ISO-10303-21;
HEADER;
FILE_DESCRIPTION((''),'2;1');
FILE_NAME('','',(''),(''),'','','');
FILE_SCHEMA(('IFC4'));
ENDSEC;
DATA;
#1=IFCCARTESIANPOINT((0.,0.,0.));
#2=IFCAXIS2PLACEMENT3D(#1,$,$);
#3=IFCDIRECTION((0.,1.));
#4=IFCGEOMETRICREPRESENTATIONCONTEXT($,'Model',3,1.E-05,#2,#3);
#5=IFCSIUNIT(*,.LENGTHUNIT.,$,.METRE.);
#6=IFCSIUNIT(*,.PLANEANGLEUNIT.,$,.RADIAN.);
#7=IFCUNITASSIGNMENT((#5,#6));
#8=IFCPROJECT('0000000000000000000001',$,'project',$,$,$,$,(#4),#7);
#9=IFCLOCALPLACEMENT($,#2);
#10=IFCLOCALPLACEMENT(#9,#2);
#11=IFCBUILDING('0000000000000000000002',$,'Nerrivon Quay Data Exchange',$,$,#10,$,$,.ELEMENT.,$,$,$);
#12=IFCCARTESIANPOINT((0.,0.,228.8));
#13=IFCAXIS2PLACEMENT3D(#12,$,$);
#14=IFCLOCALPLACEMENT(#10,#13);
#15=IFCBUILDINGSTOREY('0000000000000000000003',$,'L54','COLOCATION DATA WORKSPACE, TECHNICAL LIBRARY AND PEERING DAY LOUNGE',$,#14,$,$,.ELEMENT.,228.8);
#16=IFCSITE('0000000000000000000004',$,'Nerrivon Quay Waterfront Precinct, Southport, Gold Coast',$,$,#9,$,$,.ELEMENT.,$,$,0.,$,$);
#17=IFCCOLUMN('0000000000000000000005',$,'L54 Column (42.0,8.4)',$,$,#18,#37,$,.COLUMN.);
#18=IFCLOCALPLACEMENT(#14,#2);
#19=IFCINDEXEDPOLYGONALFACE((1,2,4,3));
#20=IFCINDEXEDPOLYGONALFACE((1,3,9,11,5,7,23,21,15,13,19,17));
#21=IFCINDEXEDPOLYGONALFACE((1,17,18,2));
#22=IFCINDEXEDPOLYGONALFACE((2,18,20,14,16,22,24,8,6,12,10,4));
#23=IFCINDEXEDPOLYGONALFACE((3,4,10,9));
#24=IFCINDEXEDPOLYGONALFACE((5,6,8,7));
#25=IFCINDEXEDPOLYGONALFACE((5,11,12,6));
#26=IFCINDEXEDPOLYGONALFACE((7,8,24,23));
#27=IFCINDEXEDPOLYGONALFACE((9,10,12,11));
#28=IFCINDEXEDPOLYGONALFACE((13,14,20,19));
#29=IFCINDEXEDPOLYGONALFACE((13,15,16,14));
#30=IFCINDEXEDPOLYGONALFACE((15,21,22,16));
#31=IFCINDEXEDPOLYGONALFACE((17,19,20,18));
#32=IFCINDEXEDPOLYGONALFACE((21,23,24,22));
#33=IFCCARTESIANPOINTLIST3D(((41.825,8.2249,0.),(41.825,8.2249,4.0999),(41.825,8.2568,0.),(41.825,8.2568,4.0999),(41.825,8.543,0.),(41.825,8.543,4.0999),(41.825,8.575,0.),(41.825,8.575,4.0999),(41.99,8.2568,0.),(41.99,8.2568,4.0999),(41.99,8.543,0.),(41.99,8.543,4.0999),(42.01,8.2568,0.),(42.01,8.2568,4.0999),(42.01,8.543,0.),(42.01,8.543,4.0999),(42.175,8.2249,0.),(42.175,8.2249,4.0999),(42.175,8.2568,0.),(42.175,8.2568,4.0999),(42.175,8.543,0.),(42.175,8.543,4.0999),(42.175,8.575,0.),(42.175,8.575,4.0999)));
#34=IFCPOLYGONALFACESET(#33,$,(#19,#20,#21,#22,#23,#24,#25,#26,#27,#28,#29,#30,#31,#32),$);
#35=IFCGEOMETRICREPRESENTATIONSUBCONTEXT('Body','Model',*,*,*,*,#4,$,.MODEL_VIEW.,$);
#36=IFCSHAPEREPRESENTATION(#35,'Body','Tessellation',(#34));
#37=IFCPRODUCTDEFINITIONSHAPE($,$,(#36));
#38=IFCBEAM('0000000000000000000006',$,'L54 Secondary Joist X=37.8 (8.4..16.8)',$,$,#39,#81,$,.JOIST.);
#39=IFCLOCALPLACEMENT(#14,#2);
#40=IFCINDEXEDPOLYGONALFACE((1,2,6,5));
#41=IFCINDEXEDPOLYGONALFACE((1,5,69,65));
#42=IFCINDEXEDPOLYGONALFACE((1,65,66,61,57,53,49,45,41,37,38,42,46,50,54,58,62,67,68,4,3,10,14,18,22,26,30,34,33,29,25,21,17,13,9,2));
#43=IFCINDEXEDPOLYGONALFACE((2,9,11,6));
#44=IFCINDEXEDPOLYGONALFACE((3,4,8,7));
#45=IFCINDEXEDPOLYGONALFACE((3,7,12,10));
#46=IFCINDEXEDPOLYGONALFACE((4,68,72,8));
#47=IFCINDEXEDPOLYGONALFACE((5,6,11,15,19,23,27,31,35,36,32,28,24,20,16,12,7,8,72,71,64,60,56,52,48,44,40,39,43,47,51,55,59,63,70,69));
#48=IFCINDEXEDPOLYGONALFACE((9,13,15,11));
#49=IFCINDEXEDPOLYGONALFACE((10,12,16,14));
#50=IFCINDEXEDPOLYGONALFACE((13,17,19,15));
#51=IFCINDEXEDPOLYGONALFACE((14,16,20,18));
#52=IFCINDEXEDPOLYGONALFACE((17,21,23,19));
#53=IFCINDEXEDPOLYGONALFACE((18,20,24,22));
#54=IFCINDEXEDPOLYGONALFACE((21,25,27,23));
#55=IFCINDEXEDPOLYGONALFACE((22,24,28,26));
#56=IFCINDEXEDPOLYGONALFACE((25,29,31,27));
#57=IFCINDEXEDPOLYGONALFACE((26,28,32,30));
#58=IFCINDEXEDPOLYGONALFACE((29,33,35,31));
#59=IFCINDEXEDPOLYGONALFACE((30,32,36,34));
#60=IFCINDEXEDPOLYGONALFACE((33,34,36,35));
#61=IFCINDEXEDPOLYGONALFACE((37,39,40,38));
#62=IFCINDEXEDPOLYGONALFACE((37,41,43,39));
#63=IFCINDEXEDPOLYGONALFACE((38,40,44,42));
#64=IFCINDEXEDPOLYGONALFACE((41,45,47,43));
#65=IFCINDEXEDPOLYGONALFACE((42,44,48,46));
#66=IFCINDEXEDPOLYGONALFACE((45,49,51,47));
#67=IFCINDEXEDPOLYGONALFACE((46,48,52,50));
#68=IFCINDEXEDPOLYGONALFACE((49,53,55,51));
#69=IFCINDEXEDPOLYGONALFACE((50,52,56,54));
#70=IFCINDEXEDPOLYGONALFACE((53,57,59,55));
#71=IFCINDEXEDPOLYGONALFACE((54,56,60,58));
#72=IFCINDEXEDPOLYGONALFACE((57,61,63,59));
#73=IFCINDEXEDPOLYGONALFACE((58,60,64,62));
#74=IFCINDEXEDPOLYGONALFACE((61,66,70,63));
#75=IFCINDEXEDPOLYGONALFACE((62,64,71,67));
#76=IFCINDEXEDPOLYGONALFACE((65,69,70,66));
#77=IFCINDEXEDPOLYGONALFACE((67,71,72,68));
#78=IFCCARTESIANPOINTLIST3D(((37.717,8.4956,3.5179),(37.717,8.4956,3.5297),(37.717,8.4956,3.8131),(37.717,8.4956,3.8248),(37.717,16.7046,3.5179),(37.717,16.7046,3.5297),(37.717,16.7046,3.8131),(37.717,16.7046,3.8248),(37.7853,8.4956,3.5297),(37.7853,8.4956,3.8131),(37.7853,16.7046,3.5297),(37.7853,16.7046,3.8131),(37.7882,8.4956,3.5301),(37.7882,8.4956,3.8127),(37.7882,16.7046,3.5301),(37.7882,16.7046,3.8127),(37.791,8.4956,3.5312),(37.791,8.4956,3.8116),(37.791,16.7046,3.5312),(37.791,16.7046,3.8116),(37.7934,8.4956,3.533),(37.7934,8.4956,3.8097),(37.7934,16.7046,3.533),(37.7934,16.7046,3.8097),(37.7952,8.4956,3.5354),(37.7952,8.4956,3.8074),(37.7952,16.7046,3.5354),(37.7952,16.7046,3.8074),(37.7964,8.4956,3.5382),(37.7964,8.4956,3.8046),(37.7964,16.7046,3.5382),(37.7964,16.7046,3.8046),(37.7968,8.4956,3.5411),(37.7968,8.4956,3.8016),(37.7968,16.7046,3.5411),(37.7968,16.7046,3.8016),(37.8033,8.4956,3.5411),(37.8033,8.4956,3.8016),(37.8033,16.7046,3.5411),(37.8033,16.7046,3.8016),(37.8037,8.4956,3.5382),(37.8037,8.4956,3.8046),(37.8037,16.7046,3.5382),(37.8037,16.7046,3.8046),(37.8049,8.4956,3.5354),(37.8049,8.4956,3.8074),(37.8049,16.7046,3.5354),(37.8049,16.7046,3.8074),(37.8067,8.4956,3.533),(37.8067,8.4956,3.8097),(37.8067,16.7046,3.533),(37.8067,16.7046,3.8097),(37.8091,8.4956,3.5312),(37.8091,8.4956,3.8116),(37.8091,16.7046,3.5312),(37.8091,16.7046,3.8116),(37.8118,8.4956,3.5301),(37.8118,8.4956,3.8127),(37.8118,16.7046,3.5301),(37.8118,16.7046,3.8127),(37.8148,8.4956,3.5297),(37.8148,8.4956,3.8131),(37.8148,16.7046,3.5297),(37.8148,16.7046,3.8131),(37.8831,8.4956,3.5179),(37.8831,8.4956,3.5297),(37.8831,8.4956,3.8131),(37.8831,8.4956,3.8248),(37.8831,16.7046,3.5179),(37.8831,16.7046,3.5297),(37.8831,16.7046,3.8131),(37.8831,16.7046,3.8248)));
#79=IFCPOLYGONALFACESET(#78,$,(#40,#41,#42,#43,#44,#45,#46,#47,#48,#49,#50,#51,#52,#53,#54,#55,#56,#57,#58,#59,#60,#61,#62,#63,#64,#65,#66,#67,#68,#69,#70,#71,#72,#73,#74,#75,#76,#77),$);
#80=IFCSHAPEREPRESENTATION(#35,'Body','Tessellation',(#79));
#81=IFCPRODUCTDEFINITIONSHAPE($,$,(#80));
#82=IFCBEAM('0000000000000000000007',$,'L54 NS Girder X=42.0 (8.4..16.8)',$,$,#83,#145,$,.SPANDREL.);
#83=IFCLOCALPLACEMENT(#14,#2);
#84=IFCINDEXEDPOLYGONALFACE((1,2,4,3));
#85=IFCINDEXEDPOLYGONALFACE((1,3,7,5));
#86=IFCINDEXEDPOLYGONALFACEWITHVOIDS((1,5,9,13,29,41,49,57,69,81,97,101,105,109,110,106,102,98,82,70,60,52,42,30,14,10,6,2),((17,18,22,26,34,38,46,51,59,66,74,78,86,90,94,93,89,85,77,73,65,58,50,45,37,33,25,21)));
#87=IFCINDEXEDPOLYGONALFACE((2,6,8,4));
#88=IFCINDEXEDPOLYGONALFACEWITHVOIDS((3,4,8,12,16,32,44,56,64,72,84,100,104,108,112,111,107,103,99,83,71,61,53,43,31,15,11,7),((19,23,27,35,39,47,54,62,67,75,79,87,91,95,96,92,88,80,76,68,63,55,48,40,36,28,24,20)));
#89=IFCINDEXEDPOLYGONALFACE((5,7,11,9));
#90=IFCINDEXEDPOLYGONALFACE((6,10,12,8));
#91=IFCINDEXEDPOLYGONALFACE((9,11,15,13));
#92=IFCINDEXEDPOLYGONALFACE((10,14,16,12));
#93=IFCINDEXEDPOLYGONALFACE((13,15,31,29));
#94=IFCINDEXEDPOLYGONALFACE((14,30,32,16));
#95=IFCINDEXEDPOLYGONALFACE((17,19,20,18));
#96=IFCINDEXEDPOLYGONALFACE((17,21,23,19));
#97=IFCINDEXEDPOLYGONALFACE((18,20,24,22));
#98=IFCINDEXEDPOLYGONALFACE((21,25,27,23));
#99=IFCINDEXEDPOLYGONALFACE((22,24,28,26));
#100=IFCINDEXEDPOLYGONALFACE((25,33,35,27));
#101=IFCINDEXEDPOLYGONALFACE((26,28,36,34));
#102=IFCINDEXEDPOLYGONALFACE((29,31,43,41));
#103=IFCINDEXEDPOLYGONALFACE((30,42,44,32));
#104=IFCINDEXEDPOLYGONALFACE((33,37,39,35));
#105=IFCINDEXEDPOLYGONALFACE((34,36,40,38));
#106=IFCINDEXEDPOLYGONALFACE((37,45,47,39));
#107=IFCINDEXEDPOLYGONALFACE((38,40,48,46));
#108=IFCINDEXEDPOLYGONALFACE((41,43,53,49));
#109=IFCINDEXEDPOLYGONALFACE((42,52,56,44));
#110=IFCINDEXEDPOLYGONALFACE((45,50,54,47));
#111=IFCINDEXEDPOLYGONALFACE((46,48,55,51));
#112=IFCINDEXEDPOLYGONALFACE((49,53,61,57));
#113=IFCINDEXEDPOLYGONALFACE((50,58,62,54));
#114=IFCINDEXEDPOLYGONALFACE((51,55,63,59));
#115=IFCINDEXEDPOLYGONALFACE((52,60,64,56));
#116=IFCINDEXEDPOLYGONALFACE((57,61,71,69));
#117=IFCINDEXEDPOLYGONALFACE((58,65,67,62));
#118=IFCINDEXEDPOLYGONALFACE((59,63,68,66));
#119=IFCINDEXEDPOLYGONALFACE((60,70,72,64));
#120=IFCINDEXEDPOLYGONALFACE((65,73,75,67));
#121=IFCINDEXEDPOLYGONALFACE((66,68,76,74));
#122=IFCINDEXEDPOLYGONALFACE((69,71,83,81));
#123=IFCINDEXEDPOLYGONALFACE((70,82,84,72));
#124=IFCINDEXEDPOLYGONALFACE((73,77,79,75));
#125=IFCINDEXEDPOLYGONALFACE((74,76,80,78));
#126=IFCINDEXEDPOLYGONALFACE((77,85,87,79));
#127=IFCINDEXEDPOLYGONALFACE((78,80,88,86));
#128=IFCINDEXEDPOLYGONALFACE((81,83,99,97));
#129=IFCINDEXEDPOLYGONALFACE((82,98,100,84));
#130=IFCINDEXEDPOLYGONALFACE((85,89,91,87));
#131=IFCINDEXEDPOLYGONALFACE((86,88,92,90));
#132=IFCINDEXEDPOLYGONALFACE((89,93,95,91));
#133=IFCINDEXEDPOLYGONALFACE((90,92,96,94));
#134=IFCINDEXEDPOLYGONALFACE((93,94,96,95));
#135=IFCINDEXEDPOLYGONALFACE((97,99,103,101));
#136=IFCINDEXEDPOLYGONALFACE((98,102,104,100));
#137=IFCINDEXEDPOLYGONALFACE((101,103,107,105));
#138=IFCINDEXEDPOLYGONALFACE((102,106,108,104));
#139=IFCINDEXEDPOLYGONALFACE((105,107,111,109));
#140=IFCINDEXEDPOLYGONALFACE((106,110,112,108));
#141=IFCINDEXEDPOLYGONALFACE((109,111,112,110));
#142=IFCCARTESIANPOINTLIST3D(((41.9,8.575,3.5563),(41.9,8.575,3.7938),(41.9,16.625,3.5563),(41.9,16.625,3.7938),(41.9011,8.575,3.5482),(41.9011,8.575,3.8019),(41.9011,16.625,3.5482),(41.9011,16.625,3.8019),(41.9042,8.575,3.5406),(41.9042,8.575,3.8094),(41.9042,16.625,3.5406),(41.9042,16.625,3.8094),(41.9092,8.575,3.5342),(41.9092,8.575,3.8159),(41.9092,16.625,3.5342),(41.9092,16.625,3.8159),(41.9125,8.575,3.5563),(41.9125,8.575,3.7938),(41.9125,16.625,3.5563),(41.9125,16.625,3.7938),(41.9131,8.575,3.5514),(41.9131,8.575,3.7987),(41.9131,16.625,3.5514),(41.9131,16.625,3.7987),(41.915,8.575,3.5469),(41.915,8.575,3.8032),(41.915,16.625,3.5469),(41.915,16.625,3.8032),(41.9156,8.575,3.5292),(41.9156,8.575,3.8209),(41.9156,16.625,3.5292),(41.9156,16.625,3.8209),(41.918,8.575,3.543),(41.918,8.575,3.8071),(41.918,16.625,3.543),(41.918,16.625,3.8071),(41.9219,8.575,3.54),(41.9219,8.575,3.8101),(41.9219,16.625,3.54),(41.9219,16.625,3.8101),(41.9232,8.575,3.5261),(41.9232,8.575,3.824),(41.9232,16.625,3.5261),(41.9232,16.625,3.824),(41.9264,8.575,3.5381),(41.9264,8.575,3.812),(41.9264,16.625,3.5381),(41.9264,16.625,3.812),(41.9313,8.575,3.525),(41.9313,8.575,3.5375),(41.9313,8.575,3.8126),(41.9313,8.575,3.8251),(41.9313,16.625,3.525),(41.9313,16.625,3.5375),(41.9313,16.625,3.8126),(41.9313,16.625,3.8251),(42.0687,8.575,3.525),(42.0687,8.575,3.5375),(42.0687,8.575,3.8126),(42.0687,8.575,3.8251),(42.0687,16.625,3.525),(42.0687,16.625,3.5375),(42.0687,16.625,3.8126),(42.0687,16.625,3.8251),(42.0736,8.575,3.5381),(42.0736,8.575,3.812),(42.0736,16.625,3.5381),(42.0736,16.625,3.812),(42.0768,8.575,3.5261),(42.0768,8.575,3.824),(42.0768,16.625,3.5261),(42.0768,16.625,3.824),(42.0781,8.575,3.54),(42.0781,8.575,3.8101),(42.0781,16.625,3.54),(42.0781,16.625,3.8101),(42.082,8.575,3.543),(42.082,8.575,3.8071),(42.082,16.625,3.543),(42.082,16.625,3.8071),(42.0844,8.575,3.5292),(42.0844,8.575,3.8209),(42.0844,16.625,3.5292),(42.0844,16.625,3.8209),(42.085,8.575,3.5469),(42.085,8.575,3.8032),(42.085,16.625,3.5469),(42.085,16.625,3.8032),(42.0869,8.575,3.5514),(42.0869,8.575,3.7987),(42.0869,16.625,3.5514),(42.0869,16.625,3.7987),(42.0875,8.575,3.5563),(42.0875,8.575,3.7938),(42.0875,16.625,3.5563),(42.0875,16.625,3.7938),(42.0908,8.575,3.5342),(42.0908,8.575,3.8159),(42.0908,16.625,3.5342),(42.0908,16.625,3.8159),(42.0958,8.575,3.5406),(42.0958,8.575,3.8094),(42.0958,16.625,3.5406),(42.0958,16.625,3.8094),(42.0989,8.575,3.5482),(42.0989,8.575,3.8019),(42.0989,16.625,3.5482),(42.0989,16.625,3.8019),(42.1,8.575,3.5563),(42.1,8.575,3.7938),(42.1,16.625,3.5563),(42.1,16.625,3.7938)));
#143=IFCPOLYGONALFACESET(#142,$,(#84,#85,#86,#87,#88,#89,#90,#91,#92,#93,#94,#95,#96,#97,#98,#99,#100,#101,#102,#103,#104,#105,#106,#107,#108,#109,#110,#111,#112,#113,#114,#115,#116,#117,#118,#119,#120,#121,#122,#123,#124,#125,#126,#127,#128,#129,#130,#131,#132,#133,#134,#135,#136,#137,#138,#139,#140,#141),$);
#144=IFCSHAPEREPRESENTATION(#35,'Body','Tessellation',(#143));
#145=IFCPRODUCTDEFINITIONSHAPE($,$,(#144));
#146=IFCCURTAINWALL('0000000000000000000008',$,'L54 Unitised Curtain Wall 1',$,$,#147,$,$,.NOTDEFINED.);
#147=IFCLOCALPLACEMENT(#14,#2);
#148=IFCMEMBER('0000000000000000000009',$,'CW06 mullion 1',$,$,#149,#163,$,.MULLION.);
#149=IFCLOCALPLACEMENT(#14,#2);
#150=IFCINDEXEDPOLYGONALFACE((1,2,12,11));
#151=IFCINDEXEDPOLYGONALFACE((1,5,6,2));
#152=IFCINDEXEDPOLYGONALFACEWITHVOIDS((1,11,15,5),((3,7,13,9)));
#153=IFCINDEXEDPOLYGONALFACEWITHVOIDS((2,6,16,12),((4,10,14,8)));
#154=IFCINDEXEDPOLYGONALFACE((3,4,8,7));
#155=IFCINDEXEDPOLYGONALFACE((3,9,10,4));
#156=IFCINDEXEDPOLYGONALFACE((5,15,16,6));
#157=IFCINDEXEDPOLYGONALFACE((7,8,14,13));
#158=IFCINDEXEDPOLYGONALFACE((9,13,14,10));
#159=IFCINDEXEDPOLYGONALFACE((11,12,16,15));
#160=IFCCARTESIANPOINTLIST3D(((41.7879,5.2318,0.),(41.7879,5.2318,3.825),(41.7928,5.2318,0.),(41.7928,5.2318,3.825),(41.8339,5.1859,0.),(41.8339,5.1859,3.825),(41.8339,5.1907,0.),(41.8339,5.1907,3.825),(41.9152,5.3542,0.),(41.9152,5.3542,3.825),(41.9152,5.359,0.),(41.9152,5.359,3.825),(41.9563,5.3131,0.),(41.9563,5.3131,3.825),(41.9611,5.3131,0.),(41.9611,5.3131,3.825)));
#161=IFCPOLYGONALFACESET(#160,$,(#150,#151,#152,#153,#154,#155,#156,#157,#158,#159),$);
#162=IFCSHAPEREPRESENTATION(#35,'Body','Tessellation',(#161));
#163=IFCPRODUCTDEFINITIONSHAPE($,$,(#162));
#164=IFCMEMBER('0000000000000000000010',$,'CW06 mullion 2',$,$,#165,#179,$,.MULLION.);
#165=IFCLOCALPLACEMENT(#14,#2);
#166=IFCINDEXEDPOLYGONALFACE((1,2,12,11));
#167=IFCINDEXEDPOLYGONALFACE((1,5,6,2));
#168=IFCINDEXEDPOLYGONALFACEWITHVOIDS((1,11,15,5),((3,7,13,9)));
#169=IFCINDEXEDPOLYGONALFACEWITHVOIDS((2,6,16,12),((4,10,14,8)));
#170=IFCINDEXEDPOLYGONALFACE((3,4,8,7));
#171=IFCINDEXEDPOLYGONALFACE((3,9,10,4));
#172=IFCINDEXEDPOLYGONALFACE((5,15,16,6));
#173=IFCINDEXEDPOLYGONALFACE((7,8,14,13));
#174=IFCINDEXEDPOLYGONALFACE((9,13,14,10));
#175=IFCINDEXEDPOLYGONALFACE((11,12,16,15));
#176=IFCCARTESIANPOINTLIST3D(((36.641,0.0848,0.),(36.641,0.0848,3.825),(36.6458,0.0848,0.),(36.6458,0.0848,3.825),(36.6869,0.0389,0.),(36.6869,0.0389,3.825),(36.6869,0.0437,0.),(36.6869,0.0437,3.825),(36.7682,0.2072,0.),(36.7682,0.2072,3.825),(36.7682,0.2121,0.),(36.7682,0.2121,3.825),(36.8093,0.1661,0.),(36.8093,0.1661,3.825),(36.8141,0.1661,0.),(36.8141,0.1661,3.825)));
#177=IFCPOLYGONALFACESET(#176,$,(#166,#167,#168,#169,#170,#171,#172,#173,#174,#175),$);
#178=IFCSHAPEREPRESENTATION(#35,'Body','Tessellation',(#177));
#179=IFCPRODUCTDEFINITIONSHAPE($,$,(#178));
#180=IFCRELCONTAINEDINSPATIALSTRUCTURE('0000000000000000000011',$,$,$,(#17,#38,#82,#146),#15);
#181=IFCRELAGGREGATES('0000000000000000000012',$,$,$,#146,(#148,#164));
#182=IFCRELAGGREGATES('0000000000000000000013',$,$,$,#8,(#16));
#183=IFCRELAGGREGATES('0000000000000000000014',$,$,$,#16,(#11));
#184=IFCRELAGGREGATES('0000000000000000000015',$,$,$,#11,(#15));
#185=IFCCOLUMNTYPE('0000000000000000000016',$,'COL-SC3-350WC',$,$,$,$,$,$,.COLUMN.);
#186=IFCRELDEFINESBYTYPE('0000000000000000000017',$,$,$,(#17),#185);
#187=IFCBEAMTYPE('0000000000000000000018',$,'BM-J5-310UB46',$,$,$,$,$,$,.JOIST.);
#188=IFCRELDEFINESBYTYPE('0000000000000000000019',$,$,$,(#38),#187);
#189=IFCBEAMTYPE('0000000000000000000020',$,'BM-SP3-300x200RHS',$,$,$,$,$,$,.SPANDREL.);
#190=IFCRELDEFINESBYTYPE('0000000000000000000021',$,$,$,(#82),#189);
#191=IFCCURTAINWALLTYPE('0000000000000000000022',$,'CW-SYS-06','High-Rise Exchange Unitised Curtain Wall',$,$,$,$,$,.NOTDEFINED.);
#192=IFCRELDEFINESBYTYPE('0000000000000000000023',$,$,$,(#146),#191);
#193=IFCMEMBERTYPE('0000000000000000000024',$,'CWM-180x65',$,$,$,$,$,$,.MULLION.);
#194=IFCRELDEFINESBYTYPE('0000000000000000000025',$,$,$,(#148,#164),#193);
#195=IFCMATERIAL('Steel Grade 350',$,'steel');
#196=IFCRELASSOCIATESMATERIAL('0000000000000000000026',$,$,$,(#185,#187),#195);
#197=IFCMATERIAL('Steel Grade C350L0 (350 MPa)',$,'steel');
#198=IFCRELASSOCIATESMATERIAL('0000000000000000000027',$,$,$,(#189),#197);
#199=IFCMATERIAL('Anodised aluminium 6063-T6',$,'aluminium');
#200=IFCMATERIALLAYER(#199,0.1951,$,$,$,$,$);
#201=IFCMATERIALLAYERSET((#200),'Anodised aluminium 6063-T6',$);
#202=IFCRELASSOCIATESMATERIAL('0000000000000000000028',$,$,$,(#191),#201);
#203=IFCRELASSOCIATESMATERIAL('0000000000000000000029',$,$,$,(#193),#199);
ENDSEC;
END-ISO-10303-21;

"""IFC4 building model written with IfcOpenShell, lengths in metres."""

from ifc_helpers import new_model, si_unit, direction, frame, origin, origin_2d, place, context, subcontext, project, spatial, hollow_rectangle, i_section, extrude, material, layer, layer_set, material_profile, profile_set, type_object, element, aggregate, save


model = new_model("IFC4")

# Units and contexts
model_context = context("Model", 3, precision=1e-05, world=origin(), true_north=direction((0.0, 1.0)))
body_context = subcontext(model_context, "Body", "Model", "MODEL_VIEW")
ifc_project = project(units=[si_unit("LENGTHUNIT", "METRE"), si_unit("PLANEANGLEUNIT", "RADIAN")], contexts=[model_context])

# Site, building, storey
site_placement = place(None, origin())
site = spatial("IfcSite", under=ifc_project, at=site_placement, Name="Nerrivon Quay Waterfront Precinct, Southport, Gold Coast", CompositionType="ELEMENT", RefElevation=0.0)
building_placement = place(site_placement, origin())
building = spatial("IfcBuilding", under=site, at=building_placement, Name="Nerrivon Quay Data Exchange", CompositionType="ELEMENT")
storey_placement = place(building_placement, frame((0.0, 0.0, 228.8)))
storey = spatial("IfcBuildingStorey", under=building, at=storey_placement, Name="L54", Description="COLOCATION DATA WORKSPACE, TECHNICAL LIBRARY AND PEERING DAY LOUNGE", CompositionType="ELEMENT", Elevation=228.8)

# Column
ifc_material_1 = material(Name="Steel Grade 350", Category="steel")
ifc_material_profile_1 = material_profile(ifc_material_1, i_section(OverallWidth=0.3501, OverallDepth=0.3501, WebThickness=0.02, FlangeThickness=0.032, at=origin_2d()), Name="350WC230")
ifc_profile_set_1 = profile_set([ifc_material_profile_1], Name="Steel Grade 350")
column_type = type_object("IfcColumnType", Name="COL-SC3-350WC", PredefinedType="COLUMN", material=ifc_profile_set_1)
column_placement = place(storey_placement, frame((42.0, 8.3999, 0.0), z_axis=(0.0, 0.0, 1.0), x_axis=(1.0, 0.0, 0.0)))
element("IfcColumn", 1, at=column_placement, inside=storey, type_object=column_type, Name="L54 Column (42.0,8.4)", PredefinedType="COLUMN", context=body_context, shape_type="SweptSolid", body=[
    extrude(i_section(OverallWidth=0.3501, OverallDepth=0.3501, WebThickness=0.02, FlangeThickness=0.032, at=origin_2d()), origin(), (0.0, 0.0, 1.0), 4.0999),
])

# Beams
ifc_material_profile_2 = material_profile(ifc_material_1, i_section(OverallWidth=0.166, OverallDepth=0.3069, WebThickness=0.0066, FlangeThickness=0.0117, FilletRadius=0.0115, at=origin_2d()), Name="310UB46.2")
ifc_profile_set_2 = profile_set([ifc_material_profile_2], Name="Steel Grade 350")
beam_type_1 = type_object("IfcBeamType", Name="BM-J5-310UB46", PredefinedType="JOIST", material=ifc_profile_set_2)
beam_1_placement = place(storey_placement, frame((37.8, 8.4956, 3.6714), z_axis=(0.0, 1.0, 0.0), x_axis=(-1.0, 0.0, 0.0)))
element("IfcBeam", 2, at=beam_1_placement, inside=storey, type_object=beam_type_1, Name="L54 Secondary Joist X=37.8 (8.4..16.8)", PredefinedType="JOIST", context=body_context, shape_type="SweptSolid", body=[
    extrude(i_section(OverallWidth=0.166, OverallDepth=0.3069, WebThickness=0.0066, FlangeThickness=0.0117, FilletRadius=0.0115, at=origin_2d()), origin(), (0.0, 0.0, 1.0), 8.209),
])
ifc_material_2 = material(Name="Steel Grade C350L0 (350 MPa)", Category="steel")
ifc_material_profile_3 = material_profile(ifc_material_2, hollow_rectangle(XDim=0.2, YDim=0.3, WallThickness=0.0125, InnerFilletRadius=0.0188, OuterFilletRadius=0.0312, at=origin_2d()), Name="300x200x12.5RHS")
ifc_profile_set_3 = profile_set([ifc_material_profile_3], Name="Steel Grade C350L0 (350 MPa)")
beam_type_2 = type_object("IfcBeamType", Name="BM-SP3-300x200RHS", PredefinedType="SPANDREL", material=ifc_profile_set_3)
beam_2_placement = place(storey_placement, frame((42.0, 8.575, 3.675), z_axis=(0.0, 1.0, 0.0), x_axis=(-1.0, 0.0, 0.0)))
element("IfcBeam", 3, at=beam_2_placement, inside=storey, type_object=beam_type_2, Name="L54 NS Girder X=42.0 (8.4..16.8)", PredefinedType="SPANDREL", context=body_context, shape_type="SweptSolid", body=[
    extrude(hollow_rectangle(XDim=0.2, YDim=0.3, WallThickness=0.0125, InnerFilletRadius=0.0188, OuterFilletRadius=0.0312, at=origin_2d()), origin(), (0.0, 0.0, 1.0), 8.05),
])

# Curtain wall, members
ifc_material_3 = material(Name="Anodised aluminium 6063-T6", Category="aluminium")
ifc_layer_1 = layer(ifc_material_3, 0.1951)
ifc_layer_set_1 = layer_set([ifc_layer_1], Name="Anodised aluminium 6063-T6")
curtain_wall_type = type_object("IfcCurtainWallType", Name="CW-SYS-06", Description="High-Rise Exchange Unitised Curtain Wall", PredefinedType="NOTDEFINED", material=ifc_layer_set_1)
curtain_wall_1_placement = place(storey_placement, origin())
curtain_wall_1 = element("IfcCurtainWall", 4, at=curtain_wall_1_placement, inside=storey, type_object=curtain_wall_type, Name="L54 Unitised Curtain Wall 1", PredefinedType="NOTDEFINED")
ifc_material_profile_4 = material_profile(ifc_material_3, hollow_rectangle(XDim=0.0649, YDim=0.1799, WallThickness=0.0034, at=origin_2d()), Name="ALU-MULL-180x65")
ifc_profile_set_4 = profile_set([ifc_material_profile_4], Name="Anodised aluminium 6063-T6")
member_type_1 = type_object("IfcMemberType", Name="CWM-180x65", PredefinedType="MULLION", material=ifc_profile_set_4)
member_1_placement = place(storey_placement, frame((41.8745, 5.2725, 0.0), z_axis=(0.0, 0.0, 1.0), x_axis=(0.707107, -0.707107, 0.0)))
member_1 = element("IfcMember", 5, at=member_1_placement, type_object=member_type_1, Name="CW06 mullion 1", PredefinedType="MULLION", context=body_context, shape_type="SweptSolid", body=[
    extrude(hollow_rectangle(XDim=0.0649, YDim=0.1799, WallThickness=0.0034, at=origin_2d()), origin(), (0.0, 0.0, 1.0), 3.825),
])
member_2_placement = place(storey_placement, frame((36.7275, 0.1255, 0.0), z_axis=(0.0, 0.0, 1.0), x_axis=(0.707107, -0.707107, 0.0)))
member_2 = element("IfcMember", 6, at=member_2_placement, type_object=member_type_1, Name="CW06 mullion 2", PredefinedType="MULLION", context=body_context, shape_type="SweptSolid", body=[
    extrude(hollow_rectangle(XDim=0.0649, YDim=0.1799, WallThickness=0.0034, at=origin_2d()), origin(), (0.0, 0.0, 1.0), 3.825),
])

aggregate(curtain_wall_1, [member_1, member_2])

save(model, "model.ifc")
